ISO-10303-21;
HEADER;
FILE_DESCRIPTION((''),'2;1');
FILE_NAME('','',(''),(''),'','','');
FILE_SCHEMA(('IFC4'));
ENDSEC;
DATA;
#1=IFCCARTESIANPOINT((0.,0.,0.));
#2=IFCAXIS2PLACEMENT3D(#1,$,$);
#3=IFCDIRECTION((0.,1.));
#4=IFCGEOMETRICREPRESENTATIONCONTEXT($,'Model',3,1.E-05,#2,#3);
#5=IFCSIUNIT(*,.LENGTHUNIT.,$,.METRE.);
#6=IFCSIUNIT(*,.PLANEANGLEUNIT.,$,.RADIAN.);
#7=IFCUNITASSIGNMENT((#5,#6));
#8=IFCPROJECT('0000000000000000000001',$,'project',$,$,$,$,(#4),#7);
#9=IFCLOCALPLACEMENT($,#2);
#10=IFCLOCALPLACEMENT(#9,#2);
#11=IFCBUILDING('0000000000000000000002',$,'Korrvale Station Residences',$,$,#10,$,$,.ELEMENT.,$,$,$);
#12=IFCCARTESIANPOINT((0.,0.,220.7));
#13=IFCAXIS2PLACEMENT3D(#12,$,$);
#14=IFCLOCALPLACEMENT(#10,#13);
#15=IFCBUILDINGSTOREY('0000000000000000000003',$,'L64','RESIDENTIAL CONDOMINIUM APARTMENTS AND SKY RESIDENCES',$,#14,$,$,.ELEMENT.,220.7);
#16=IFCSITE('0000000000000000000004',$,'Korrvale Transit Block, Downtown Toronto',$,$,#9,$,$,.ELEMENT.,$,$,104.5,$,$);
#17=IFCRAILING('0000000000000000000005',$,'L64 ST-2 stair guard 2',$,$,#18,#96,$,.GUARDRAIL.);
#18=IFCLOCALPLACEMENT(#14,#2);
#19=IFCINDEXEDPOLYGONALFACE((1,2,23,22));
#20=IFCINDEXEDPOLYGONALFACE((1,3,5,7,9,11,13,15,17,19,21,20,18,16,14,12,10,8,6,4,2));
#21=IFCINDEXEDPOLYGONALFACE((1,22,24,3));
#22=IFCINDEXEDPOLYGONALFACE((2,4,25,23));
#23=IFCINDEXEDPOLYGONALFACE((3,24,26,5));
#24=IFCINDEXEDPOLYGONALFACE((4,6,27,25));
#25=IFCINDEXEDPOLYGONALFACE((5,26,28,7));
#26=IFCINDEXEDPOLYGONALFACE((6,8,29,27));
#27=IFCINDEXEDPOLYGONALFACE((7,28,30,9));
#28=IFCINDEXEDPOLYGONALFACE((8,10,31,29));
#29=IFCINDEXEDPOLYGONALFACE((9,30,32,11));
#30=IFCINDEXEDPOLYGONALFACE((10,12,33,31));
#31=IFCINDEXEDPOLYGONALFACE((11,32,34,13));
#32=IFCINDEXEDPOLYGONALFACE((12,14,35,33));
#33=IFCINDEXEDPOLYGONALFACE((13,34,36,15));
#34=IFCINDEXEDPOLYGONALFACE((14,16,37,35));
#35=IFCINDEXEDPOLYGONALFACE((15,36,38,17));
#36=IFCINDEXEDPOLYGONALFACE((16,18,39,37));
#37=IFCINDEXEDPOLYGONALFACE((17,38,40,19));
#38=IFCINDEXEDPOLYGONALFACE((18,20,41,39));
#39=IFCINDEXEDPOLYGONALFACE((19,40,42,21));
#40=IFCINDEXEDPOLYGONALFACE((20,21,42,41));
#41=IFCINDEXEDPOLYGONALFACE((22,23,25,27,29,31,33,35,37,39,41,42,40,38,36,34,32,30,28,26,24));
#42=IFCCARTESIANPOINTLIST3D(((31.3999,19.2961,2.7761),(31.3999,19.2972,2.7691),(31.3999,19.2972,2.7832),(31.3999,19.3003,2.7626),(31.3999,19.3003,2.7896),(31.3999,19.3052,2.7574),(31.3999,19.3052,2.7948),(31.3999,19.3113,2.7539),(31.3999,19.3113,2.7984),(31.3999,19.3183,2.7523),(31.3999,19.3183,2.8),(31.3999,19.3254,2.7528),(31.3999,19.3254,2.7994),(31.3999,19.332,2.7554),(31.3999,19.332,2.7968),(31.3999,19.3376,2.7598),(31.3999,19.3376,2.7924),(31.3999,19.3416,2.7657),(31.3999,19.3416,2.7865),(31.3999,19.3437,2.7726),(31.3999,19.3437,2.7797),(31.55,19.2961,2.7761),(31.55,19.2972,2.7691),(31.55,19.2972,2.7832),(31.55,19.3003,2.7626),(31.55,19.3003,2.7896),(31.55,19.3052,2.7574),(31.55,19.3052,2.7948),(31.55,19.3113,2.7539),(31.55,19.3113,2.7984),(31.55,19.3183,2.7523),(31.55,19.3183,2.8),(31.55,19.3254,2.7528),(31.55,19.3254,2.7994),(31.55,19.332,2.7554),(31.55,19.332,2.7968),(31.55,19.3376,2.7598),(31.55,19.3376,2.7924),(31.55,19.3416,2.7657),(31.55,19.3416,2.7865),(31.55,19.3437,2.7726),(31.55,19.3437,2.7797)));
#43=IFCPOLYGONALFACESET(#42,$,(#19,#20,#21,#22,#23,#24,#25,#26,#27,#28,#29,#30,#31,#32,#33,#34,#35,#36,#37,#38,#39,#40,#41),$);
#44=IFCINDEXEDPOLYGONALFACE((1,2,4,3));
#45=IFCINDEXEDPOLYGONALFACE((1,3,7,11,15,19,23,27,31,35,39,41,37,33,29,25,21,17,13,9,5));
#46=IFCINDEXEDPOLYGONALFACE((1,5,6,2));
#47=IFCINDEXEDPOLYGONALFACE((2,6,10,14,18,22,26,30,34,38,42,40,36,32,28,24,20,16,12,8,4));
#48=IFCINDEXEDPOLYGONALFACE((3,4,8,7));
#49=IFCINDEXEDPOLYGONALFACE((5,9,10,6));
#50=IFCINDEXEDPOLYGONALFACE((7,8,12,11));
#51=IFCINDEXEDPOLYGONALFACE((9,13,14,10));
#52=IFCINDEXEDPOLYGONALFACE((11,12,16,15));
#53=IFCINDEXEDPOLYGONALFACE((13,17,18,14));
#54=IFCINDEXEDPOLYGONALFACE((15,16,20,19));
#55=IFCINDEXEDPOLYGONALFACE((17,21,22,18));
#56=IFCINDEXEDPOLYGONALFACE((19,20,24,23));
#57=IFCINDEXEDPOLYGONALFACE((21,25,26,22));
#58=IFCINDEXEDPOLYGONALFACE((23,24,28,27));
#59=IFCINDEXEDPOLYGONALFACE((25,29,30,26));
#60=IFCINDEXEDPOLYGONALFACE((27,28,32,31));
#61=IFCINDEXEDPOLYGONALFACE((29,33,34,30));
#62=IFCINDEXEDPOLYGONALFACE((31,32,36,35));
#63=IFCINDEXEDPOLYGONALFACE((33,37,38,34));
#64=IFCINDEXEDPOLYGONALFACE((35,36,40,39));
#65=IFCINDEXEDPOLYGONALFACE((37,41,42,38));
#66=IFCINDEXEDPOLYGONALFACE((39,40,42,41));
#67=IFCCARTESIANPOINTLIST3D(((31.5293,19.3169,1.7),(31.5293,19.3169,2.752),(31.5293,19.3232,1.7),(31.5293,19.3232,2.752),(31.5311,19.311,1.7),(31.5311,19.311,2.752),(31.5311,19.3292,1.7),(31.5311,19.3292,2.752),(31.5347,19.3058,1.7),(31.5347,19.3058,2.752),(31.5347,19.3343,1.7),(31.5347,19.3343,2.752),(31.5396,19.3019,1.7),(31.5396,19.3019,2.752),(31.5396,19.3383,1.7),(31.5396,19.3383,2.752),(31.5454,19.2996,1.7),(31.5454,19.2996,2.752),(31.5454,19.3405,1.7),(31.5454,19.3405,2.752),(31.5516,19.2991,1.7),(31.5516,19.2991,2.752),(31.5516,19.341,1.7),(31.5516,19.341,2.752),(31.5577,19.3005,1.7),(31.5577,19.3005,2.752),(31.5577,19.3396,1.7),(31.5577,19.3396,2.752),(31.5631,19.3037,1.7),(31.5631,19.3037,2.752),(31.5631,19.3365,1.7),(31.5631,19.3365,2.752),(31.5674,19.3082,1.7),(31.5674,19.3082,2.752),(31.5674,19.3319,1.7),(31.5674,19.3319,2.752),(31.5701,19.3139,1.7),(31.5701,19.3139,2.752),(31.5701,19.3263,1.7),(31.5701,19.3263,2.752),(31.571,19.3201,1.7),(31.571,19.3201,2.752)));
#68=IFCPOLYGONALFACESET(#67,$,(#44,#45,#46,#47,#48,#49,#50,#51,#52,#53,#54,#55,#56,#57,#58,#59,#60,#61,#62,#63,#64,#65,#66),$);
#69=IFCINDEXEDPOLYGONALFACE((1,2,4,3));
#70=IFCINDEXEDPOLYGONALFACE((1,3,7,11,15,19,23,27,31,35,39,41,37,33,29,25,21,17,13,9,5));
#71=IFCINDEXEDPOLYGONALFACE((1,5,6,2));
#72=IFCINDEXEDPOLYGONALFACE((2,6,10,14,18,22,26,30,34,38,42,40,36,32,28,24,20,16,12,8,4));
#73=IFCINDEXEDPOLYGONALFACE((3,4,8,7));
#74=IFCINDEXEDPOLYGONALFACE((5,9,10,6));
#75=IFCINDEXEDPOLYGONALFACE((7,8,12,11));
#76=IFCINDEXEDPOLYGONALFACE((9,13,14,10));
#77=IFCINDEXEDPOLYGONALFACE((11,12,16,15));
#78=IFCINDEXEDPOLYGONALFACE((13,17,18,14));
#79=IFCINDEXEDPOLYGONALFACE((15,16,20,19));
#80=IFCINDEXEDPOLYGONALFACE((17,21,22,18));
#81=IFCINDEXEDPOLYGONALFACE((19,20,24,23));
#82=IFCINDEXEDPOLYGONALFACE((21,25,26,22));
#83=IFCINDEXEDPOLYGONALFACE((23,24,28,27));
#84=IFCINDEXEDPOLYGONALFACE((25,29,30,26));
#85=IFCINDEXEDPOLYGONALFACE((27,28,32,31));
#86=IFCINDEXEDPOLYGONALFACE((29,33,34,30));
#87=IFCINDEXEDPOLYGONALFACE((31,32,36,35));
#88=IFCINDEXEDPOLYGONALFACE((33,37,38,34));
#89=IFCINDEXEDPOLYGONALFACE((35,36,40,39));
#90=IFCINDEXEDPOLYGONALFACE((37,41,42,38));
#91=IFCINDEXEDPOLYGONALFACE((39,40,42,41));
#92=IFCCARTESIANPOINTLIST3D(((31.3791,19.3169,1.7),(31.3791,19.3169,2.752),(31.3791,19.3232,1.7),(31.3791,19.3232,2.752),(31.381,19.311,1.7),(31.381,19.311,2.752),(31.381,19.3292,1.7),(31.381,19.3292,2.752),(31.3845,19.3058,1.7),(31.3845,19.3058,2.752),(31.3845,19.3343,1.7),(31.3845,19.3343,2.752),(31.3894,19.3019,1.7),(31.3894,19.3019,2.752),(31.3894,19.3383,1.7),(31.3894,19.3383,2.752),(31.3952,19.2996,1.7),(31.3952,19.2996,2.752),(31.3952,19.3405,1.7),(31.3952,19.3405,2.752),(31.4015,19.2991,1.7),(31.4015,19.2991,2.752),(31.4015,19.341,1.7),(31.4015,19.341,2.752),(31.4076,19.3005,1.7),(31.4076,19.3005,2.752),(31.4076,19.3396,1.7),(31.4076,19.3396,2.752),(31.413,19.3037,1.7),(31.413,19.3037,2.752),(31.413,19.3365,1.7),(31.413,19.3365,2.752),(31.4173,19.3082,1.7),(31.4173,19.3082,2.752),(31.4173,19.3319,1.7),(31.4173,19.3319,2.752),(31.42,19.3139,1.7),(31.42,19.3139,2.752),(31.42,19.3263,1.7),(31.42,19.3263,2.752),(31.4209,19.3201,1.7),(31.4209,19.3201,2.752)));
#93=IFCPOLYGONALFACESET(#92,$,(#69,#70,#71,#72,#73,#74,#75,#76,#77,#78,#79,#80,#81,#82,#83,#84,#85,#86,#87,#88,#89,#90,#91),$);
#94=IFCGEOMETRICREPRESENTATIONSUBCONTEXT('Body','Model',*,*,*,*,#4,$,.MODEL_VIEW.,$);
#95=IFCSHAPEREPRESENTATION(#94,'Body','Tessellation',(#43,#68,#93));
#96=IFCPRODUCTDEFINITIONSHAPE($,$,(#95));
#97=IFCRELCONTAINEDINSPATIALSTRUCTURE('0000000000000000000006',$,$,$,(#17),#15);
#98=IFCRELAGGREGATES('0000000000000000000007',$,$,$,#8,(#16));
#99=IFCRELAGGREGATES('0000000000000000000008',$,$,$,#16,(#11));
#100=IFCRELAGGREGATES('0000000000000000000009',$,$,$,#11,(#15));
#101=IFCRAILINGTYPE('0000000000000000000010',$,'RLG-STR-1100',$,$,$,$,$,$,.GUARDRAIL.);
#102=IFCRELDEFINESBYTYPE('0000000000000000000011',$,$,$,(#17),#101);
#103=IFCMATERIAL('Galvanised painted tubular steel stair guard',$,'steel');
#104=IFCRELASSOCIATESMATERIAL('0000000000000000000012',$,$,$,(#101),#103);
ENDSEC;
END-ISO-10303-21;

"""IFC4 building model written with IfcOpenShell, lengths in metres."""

from ifc_helpers import new_model, si_unit, direction, frame, origin, origin_2d, place, context, subcontext, project, spatial, circle, extrude, material, type_object, element, save


model = new_model("IFC4")

# Units and contexts
model_context = context("Model", 3, precision=1e-05, world=origin(), true_north=direction((0.0, 1.0)))
body_context = subcontext(model_context, "Body", "Model", "MODEL_VIEW")
ifc_project = project(units=[si_unit("LENGTHUNIT", "METRE"), si_unit("PLANEANGLEUNIT", "RADIAN")], contexts=[model_context])

# Site, building, storey
site_placement = place(None, origin())
site = spatial("IfcSite", under=ifc_project, at=site_placement, Name="Korrvale Transit Block, Downtown Toronto", CompositionType="ELEMENT", RefElevation=104.5)
building_placement = place(site_placement, origin())
building = spatial("IfcBuilding", under=site, at=building_placement, Name="Korrvale Station Residences", CompositionType="ELEMENT")
storey_placement = place(building_placement, frame((0.0, 0.0, 220.7)))
storey = spatial("IfcBuildingStorey", under=building, at=storey_placement, Name="L64", Description="RESIDENTIAL CONDOMINIUM APARTMENTS AND SKY RESIDENCES", CompositionType="ELEMENT", Elevation=220.7)

# Railing
ifc_material_1 = material(Name="Galvanised painted tubular steel stair guard", Category="steel")
railing_type_1 = type_object("IfcRailingType", Name="RLG-STR-1100", PredefinedType="GUARDRAIL", material=ifc_material_1)
railing_1_placement = place(storey_placement, frame((31.55, 19.3201, 1.7)))
element("IfcRailing", 1, at=railing_1_placement, inside=storey, type_object=railing_type_1, Name="L64 ST-2 stair guard 2", PredefinedType="GUARDRAIL", context=body_context, shape_type="SweptSolid", body=[
    extrude(circle(Radius=0.0239, at=origin_2d()), frame((0.0, 0.0, 1.0762), z_axis=(-1.0, 0.0, 0.0), x_axis=(0.0, -1.0, 0.0)), (0.0, 0.0, 1.0), 0.1501),
    extrude(circle(Radius=0.021, at=origin_2d()), origin(), (0.0, 0.0, 1.0), 1.052),
    extrude(circle(Radius=0.021, at=origin_2d()), frame((-0.1501, 0.0, 0.0)), (0.0, 0.0, 1.0), 1.052),
])

save(model, "model.ifc")
